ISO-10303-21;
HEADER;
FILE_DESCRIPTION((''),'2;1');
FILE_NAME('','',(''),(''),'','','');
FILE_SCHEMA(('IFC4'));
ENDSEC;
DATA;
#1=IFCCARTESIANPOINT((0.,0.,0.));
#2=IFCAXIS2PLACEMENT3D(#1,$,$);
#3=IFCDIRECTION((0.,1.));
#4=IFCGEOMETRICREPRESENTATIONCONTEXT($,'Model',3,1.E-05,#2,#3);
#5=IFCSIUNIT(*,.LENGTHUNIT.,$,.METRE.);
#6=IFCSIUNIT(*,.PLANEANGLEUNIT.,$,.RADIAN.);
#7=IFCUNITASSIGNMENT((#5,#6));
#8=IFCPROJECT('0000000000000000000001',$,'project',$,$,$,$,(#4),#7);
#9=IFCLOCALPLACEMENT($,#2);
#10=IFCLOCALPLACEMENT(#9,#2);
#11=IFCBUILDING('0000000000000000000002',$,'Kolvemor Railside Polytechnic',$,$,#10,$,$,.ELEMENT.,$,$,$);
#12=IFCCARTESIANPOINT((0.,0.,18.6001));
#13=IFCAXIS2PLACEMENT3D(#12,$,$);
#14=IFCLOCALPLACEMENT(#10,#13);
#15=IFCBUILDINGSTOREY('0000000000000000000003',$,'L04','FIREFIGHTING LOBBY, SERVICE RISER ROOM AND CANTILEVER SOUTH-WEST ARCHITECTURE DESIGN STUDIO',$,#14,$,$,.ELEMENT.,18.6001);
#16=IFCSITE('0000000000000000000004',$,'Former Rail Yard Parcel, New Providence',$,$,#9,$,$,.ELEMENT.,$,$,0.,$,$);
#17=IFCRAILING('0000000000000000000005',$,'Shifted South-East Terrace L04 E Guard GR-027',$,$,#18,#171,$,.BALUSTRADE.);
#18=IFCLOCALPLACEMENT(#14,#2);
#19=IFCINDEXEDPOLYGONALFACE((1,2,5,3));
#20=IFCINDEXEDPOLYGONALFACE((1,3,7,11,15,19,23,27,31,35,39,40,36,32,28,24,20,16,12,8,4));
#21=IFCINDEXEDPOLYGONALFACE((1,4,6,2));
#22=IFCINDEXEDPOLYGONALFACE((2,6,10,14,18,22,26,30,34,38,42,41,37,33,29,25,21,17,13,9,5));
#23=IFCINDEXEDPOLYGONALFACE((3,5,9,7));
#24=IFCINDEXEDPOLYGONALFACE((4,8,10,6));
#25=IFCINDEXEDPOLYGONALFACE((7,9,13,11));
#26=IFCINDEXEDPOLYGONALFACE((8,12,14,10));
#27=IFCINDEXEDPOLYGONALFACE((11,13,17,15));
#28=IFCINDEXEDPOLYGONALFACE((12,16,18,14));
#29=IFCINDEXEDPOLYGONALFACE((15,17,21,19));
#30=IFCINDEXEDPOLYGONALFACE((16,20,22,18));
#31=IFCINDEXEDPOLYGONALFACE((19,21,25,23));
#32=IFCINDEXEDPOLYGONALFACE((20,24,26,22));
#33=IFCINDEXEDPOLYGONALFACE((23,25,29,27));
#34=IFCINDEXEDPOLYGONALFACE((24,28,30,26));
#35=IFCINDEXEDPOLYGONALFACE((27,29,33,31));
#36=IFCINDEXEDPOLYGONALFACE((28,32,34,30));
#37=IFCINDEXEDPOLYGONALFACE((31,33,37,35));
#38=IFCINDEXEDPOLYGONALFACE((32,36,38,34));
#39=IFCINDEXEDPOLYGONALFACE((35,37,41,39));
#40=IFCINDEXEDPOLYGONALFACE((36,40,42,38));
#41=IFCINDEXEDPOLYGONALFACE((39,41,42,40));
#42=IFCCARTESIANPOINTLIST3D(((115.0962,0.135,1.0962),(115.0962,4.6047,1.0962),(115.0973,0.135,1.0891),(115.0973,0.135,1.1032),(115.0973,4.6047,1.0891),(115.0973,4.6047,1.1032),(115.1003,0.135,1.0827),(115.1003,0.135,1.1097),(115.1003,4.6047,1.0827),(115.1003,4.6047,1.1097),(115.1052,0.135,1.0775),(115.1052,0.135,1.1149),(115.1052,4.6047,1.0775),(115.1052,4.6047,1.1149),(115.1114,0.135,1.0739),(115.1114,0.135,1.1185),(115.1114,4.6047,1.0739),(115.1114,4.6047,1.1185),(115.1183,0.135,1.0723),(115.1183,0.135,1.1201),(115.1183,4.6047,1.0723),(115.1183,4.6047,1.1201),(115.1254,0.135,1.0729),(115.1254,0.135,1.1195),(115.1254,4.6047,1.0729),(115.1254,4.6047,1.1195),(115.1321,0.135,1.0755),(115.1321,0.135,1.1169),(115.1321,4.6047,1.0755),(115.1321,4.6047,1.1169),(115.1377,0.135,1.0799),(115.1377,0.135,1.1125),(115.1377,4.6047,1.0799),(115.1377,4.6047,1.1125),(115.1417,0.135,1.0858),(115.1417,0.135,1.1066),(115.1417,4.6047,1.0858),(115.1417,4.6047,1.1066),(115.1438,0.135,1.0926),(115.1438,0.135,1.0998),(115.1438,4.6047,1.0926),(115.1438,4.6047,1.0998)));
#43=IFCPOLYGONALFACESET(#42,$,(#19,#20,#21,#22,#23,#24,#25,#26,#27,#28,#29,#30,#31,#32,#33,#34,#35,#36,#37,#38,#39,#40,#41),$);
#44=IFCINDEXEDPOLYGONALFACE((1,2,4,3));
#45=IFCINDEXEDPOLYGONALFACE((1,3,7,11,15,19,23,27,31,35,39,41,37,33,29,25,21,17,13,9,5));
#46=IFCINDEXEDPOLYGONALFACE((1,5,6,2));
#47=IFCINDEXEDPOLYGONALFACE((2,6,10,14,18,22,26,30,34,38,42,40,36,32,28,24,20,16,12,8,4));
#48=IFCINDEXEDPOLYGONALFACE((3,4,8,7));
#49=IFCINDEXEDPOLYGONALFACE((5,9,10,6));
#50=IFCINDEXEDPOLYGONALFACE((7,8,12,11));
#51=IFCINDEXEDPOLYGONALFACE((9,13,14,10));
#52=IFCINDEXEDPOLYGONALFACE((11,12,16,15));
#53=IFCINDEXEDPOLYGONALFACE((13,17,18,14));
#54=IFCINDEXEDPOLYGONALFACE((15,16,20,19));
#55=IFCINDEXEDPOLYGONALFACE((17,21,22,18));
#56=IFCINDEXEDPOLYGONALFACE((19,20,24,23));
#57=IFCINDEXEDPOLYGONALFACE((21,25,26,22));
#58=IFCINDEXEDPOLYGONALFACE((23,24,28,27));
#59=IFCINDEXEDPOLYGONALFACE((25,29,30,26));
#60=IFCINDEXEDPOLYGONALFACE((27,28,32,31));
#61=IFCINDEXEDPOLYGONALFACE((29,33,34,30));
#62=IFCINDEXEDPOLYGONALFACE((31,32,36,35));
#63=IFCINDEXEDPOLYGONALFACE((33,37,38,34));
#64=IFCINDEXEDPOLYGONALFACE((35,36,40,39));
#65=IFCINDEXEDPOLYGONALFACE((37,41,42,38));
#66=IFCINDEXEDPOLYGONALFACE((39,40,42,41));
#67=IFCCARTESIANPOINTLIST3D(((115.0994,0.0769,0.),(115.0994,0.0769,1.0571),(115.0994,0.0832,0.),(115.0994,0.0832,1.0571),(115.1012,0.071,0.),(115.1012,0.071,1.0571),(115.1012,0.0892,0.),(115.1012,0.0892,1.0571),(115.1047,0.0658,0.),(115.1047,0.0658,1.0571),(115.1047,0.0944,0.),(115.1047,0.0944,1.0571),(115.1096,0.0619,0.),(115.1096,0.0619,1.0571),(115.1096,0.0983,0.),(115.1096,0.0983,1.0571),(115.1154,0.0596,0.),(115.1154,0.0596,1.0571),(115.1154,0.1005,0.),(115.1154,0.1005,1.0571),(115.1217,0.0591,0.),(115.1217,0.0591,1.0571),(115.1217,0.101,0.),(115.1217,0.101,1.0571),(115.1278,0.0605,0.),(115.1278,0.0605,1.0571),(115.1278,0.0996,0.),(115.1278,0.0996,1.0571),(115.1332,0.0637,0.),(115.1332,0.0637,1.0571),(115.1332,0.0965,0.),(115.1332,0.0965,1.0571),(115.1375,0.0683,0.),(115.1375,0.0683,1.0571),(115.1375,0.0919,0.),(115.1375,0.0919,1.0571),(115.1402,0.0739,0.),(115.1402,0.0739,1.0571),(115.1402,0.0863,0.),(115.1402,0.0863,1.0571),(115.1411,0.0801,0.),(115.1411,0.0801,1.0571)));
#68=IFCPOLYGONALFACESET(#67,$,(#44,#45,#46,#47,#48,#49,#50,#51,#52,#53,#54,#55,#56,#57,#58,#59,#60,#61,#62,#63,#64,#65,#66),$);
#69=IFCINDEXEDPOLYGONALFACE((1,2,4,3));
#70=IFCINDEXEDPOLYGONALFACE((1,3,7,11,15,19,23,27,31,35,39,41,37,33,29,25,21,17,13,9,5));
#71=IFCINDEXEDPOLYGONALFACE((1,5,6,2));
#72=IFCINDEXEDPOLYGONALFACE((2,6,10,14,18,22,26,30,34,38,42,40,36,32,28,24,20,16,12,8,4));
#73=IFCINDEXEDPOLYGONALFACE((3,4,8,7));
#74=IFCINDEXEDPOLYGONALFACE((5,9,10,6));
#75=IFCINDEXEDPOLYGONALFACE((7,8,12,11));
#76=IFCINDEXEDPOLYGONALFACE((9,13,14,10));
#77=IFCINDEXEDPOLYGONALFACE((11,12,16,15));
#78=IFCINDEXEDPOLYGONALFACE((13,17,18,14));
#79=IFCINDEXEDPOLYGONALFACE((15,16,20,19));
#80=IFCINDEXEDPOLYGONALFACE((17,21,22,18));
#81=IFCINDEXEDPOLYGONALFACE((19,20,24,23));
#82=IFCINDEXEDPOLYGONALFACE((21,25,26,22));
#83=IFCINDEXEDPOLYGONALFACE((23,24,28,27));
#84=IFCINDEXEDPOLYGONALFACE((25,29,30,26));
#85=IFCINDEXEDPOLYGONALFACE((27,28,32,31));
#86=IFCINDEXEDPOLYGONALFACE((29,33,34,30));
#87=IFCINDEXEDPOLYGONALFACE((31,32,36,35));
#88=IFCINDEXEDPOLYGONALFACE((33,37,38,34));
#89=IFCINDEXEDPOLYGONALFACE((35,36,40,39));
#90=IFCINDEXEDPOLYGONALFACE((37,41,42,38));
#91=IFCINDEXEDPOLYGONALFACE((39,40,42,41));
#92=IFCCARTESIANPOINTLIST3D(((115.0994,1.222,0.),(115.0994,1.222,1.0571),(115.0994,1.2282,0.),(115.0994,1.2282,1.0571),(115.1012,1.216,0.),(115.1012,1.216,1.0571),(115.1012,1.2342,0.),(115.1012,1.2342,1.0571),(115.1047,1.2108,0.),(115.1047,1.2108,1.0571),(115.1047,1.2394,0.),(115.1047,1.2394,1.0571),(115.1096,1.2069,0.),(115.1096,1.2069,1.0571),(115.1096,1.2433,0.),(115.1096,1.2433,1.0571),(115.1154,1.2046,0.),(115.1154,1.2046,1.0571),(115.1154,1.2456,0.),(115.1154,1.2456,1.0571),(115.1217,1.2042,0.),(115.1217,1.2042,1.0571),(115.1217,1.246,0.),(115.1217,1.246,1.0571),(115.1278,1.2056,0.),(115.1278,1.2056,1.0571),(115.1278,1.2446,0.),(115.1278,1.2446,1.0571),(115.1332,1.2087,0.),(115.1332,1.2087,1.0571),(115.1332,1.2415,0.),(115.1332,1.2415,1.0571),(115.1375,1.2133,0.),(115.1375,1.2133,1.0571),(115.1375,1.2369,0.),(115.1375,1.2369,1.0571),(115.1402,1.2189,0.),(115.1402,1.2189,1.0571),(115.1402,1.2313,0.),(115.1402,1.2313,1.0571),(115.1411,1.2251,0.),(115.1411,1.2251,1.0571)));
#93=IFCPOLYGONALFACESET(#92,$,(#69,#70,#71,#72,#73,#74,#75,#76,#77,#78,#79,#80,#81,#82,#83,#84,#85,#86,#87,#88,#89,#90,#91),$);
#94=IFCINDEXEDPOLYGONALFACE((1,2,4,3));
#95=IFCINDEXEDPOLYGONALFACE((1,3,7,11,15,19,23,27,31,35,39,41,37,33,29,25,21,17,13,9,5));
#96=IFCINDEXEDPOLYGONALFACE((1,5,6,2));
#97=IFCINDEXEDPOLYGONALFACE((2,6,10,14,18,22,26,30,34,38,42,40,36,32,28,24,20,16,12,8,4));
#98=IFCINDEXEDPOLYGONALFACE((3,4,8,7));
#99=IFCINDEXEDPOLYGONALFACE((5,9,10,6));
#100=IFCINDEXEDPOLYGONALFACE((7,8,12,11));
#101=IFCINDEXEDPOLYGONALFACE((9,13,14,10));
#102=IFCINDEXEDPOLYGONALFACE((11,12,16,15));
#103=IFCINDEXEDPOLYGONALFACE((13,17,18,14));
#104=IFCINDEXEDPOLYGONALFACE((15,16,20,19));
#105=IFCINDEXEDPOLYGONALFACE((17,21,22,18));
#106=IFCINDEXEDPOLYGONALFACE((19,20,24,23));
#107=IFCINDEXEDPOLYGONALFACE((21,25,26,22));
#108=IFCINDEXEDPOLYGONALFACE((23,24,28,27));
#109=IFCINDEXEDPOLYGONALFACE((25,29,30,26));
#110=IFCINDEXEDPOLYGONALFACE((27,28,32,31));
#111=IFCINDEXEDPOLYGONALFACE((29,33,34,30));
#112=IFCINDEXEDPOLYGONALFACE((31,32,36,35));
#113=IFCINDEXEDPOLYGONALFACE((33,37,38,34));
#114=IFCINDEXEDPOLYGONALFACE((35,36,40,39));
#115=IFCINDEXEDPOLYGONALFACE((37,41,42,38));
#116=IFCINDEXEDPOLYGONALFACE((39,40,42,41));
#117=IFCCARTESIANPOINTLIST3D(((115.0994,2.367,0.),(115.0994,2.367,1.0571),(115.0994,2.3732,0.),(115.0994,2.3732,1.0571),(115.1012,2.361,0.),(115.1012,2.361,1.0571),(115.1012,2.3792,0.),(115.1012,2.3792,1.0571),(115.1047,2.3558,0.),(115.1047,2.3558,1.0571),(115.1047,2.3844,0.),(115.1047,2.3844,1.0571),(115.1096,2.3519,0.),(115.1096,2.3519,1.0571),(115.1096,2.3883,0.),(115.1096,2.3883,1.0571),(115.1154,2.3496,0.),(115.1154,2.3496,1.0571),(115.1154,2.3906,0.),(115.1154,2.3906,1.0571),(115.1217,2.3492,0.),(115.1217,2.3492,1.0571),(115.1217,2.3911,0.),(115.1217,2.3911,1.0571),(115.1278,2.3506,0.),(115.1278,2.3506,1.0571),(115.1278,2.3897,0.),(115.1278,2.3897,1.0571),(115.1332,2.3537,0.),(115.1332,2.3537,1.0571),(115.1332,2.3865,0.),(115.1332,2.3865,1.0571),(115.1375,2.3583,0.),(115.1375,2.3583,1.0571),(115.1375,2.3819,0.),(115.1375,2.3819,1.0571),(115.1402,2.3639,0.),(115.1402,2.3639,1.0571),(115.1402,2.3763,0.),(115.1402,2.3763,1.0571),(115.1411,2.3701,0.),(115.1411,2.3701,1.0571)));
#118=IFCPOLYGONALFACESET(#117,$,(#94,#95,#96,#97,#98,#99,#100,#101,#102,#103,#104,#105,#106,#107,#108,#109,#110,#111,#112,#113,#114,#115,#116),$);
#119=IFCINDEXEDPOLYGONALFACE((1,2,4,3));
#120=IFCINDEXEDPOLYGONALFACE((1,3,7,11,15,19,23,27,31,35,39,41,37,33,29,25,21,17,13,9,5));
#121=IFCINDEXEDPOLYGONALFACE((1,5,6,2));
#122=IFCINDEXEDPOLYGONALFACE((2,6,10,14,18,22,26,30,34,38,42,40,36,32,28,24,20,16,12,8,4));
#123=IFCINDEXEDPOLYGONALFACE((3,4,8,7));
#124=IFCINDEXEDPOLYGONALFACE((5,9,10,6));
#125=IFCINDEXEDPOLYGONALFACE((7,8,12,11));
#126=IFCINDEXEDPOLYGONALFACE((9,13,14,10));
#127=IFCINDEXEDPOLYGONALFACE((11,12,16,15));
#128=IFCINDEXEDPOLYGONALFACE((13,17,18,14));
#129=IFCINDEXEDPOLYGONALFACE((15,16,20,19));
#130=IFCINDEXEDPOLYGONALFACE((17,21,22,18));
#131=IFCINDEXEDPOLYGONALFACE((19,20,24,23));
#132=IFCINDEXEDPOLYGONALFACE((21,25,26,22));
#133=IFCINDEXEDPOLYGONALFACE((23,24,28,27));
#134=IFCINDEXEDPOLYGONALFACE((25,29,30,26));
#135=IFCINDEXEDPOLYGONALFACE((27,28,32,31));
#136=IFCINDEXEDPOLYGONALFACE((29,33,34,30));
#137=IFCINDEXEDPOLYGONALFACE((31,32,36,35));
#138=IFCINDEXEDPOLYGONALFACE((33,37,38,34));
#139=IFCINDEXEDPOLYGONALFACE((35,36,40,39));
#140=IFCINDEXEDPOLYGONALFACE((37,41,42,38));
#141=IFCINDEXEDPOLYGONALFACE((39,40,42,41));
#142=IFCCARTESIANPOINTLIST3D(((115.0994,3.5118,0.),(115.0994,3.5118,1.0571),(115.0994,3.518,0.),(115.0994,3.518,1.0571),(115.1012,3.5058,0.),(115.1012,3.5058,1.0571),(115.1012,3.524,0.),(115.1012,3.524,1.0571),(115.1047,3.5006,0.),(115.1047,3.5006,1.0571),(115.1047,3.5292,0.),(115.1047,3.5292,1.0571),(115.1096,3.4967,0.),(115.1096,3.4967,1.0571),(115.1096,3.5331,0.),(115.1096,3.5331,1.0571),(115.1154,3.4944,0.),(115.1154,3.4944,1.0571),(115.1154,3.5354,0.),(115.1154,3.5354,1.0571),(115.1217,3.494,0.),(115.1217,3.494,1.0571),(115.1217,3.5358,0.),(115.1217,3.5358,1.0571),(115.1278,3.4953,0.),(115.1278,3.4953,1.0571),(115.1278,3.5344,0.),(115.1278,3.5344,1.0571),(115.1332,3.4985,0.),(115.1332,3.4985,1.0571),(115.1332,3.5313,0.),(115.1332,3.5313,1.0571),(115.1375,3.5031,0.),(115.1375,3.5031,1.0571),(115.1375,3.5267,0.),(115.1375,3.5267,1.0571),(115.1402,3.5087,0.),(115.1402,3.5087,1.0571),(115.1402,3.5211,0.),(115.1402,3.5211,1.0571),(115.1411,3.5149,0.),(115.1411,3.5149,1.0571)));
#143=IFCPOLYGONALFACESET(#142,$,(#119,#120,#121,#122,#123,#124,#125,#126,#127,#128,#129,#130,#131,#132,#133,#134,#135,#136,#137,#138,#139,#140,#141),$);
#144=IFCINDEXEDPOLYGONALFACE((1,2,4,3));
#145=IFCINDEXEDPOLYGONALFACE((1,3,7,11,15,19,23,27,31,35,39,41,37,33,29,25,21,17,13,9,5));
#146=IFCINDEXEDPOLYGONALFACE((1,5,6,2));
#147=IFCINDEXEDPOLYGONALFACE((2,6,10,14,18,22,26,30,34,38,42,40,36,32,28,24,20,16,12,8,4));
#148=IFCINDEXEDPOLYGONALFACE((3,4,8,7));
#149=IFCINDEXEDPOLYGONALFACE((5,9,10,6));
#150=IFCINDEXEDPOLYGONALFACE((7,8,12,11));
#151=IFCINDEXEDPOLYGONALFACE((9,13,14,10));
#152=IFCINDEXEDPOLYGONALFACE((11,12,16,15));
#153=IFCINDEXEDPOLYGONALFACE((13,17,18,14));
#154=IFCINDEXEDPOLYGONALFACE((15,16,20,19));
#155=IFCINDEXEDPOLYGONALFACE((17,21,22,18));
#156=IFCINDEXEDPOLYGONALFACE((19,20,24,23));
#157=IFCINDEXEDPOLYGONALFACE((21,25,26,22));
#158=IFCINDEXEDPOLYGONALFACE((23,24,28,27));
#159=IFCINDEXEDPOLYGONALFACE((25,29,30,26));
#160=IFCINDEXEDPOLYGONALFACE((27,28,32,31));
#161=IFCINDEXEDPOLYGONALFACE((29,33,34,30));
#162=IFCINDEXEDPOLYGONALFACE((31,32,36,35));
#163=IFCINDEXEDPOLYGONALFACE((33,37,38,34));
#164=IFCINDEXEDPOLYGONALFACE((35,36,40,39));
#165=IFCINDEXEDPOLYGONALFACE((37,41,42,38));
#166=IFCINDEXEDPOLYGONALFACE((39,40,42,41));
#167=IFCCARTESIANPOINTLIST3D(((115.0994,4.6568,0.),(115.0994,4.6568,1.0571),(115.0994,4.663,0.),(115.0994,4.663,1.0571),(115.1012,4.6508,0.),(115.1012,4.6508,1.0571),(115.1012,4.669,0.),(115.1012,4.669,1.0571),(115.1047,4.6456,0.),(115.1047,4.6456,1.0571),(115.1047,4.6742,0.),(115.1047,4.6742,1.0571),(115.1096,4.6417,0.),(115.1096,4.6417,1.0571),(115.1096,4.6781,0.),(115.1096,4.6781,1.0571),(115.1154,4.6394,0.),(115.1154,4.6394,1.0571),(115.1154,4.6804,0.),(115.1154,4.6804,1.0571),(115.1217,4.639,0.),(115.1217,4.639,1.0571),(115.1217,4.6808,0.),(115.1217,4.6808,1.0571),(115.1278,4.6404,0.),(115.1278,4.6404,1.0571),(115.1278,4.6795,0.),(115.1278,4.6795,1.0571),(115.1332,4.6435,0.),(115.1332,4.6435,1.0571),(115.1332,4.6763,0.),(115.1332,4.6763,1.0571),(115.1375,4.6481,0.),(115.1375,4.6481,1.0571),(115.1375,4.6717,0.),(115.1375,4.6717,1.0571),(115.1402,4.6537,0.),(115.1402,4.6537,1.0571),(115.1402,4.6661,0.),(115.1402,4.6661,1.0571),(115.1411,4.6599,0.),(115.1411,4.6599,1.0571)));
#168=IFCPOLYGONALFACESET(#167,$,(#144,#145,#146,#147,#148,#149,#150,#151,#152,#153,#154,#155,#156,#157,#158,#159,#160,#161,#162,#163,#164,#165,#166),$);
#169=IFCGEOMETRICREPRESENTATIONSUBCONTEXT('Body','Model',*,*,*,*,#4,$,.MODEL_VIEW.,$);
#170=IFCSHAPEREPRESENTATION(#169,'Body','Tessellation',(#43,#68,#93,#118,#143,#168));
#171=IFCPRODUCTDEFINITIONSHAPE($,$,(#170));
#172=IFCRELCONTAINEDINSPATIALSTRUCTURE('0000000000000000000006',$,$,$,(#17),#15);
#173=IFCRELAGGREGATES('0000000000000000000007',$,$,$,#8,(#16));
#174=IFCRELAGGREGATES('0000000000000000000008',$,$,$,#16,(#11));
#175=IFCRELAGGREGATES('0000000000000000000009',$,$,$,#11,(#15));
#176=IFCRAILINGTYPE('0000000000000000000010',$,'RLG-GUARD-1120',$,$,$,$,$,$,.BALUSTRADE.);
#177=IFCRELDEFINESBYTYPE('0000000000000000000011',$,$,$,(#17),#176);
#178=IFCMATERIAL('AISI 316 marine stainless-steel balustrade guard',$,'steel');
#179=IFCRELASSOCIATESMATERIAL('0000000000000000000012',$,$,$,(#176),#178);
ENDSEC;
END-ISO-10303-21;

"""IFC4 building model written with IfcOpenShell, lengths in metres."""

from ifc_helpers import new_model, si_unit, direction, frame, origin, origin_2d, place, context, subcontext, project, spatial, circle, extrude, material, type_object, element, save


model = new_model("IFC4")

# Units and contexts
model_context = context("Model", 3, precision=1e-05, world=origin(), true_north=direction((0.0, 1.0)))
body_context = subcontext(model_context, "Body", "Model", "MODEL_VIEW")
ifc_project = project(units=[si_unit("LENGTHUNIT", "METRE"), si_unit("PLANEANGLEUNIT", "RADIAN")], contexts=[model_context])

# Site, building, storey
site_placement = place(None, origin())
site = spatial("IfcSite", under=ifc_project, at=site_placement, Name="Former Rail Yard Parcel, New Providence", CompositionType="ELEMENT", RefElevation=0.0)
building_placement = place(site_placement, origin())
building = spatial("IfcBuilding", under=site, at=building_placement, Name="Kolvemor Railside Polytechnic", CompositionType="ELEMENT")
storey_placement = place(building_placement, frame((0.0, 0.0, 18.6001)))
storey = spatial("IfcBuildingStorey", under=building, at=storey_placement, Name="L04", Description="FIREFIGHTING LOBBY, SERVICE RISER ROOM AND CANTILEVER SOUTH-WEST ARCHITECTURE DESIGN STUDIO", CompositionType="ELEMENT", Elevation=18.6001)

# Railing
ifc_material_1 = material(Name="AISI 316 marine stainless-steel balustrade guard", Category="steel")
railing_type = type_object("IfcRailingType", Name="RLG-GUARD-1120", PredefinedType="BALUSTRADE", material=ifc_material_1)
railing_placement = place(storey_placement, frame((115.1201, 0.0801, 0.0)))
element("IfcRailing", 1, at=railing_placement, inside=storey, type_object=railing_type, Name="Shifted South-East Terrace L04 E Guard GR-027", PredefinedType="BALUSTRADE", context=body_context, shape_type="SweptSolid", body=[
    extrude(circle(Radius=0.0239, at=origin_2d()), frame((0.0, 0.0549, 1.0962), z_axis=(0.0, 1.0, 0.0), x_axis=(-1.0, 0.0, 0.0)), (0.0, 0.0, 1.0), 4.4697),
    extrude(circle(Radius=0.021, at=origin_2d()), origin(), (0.0, 0.0, 1.0), 1.0571),
    extrude(circle(Radius=0.021, at=origin_2d()), frame((0.0, 1.145, 0.0)), (0.0, 0.0, 1.0), 1.0571),
    extrude(circle(Radius=0.021, at=origin_2d()), frame((0.0, 2.29, 0.0)), (0.0, 0.0, 1.0), 1.0571),
    extrude(circle(Radius=0.021, at=origin_2d()), frame((0.0, 3.4348, 0.0)), (0.0, 0.0, 1.0), 1.0571),
    extrude(circle(Radius=0.021, at=origin_2d()), frame((0.0, 4.5798, 0.0)), (0.0, 0.0, 1.0), 1.0571),
])

save(model, "model.ifc")
